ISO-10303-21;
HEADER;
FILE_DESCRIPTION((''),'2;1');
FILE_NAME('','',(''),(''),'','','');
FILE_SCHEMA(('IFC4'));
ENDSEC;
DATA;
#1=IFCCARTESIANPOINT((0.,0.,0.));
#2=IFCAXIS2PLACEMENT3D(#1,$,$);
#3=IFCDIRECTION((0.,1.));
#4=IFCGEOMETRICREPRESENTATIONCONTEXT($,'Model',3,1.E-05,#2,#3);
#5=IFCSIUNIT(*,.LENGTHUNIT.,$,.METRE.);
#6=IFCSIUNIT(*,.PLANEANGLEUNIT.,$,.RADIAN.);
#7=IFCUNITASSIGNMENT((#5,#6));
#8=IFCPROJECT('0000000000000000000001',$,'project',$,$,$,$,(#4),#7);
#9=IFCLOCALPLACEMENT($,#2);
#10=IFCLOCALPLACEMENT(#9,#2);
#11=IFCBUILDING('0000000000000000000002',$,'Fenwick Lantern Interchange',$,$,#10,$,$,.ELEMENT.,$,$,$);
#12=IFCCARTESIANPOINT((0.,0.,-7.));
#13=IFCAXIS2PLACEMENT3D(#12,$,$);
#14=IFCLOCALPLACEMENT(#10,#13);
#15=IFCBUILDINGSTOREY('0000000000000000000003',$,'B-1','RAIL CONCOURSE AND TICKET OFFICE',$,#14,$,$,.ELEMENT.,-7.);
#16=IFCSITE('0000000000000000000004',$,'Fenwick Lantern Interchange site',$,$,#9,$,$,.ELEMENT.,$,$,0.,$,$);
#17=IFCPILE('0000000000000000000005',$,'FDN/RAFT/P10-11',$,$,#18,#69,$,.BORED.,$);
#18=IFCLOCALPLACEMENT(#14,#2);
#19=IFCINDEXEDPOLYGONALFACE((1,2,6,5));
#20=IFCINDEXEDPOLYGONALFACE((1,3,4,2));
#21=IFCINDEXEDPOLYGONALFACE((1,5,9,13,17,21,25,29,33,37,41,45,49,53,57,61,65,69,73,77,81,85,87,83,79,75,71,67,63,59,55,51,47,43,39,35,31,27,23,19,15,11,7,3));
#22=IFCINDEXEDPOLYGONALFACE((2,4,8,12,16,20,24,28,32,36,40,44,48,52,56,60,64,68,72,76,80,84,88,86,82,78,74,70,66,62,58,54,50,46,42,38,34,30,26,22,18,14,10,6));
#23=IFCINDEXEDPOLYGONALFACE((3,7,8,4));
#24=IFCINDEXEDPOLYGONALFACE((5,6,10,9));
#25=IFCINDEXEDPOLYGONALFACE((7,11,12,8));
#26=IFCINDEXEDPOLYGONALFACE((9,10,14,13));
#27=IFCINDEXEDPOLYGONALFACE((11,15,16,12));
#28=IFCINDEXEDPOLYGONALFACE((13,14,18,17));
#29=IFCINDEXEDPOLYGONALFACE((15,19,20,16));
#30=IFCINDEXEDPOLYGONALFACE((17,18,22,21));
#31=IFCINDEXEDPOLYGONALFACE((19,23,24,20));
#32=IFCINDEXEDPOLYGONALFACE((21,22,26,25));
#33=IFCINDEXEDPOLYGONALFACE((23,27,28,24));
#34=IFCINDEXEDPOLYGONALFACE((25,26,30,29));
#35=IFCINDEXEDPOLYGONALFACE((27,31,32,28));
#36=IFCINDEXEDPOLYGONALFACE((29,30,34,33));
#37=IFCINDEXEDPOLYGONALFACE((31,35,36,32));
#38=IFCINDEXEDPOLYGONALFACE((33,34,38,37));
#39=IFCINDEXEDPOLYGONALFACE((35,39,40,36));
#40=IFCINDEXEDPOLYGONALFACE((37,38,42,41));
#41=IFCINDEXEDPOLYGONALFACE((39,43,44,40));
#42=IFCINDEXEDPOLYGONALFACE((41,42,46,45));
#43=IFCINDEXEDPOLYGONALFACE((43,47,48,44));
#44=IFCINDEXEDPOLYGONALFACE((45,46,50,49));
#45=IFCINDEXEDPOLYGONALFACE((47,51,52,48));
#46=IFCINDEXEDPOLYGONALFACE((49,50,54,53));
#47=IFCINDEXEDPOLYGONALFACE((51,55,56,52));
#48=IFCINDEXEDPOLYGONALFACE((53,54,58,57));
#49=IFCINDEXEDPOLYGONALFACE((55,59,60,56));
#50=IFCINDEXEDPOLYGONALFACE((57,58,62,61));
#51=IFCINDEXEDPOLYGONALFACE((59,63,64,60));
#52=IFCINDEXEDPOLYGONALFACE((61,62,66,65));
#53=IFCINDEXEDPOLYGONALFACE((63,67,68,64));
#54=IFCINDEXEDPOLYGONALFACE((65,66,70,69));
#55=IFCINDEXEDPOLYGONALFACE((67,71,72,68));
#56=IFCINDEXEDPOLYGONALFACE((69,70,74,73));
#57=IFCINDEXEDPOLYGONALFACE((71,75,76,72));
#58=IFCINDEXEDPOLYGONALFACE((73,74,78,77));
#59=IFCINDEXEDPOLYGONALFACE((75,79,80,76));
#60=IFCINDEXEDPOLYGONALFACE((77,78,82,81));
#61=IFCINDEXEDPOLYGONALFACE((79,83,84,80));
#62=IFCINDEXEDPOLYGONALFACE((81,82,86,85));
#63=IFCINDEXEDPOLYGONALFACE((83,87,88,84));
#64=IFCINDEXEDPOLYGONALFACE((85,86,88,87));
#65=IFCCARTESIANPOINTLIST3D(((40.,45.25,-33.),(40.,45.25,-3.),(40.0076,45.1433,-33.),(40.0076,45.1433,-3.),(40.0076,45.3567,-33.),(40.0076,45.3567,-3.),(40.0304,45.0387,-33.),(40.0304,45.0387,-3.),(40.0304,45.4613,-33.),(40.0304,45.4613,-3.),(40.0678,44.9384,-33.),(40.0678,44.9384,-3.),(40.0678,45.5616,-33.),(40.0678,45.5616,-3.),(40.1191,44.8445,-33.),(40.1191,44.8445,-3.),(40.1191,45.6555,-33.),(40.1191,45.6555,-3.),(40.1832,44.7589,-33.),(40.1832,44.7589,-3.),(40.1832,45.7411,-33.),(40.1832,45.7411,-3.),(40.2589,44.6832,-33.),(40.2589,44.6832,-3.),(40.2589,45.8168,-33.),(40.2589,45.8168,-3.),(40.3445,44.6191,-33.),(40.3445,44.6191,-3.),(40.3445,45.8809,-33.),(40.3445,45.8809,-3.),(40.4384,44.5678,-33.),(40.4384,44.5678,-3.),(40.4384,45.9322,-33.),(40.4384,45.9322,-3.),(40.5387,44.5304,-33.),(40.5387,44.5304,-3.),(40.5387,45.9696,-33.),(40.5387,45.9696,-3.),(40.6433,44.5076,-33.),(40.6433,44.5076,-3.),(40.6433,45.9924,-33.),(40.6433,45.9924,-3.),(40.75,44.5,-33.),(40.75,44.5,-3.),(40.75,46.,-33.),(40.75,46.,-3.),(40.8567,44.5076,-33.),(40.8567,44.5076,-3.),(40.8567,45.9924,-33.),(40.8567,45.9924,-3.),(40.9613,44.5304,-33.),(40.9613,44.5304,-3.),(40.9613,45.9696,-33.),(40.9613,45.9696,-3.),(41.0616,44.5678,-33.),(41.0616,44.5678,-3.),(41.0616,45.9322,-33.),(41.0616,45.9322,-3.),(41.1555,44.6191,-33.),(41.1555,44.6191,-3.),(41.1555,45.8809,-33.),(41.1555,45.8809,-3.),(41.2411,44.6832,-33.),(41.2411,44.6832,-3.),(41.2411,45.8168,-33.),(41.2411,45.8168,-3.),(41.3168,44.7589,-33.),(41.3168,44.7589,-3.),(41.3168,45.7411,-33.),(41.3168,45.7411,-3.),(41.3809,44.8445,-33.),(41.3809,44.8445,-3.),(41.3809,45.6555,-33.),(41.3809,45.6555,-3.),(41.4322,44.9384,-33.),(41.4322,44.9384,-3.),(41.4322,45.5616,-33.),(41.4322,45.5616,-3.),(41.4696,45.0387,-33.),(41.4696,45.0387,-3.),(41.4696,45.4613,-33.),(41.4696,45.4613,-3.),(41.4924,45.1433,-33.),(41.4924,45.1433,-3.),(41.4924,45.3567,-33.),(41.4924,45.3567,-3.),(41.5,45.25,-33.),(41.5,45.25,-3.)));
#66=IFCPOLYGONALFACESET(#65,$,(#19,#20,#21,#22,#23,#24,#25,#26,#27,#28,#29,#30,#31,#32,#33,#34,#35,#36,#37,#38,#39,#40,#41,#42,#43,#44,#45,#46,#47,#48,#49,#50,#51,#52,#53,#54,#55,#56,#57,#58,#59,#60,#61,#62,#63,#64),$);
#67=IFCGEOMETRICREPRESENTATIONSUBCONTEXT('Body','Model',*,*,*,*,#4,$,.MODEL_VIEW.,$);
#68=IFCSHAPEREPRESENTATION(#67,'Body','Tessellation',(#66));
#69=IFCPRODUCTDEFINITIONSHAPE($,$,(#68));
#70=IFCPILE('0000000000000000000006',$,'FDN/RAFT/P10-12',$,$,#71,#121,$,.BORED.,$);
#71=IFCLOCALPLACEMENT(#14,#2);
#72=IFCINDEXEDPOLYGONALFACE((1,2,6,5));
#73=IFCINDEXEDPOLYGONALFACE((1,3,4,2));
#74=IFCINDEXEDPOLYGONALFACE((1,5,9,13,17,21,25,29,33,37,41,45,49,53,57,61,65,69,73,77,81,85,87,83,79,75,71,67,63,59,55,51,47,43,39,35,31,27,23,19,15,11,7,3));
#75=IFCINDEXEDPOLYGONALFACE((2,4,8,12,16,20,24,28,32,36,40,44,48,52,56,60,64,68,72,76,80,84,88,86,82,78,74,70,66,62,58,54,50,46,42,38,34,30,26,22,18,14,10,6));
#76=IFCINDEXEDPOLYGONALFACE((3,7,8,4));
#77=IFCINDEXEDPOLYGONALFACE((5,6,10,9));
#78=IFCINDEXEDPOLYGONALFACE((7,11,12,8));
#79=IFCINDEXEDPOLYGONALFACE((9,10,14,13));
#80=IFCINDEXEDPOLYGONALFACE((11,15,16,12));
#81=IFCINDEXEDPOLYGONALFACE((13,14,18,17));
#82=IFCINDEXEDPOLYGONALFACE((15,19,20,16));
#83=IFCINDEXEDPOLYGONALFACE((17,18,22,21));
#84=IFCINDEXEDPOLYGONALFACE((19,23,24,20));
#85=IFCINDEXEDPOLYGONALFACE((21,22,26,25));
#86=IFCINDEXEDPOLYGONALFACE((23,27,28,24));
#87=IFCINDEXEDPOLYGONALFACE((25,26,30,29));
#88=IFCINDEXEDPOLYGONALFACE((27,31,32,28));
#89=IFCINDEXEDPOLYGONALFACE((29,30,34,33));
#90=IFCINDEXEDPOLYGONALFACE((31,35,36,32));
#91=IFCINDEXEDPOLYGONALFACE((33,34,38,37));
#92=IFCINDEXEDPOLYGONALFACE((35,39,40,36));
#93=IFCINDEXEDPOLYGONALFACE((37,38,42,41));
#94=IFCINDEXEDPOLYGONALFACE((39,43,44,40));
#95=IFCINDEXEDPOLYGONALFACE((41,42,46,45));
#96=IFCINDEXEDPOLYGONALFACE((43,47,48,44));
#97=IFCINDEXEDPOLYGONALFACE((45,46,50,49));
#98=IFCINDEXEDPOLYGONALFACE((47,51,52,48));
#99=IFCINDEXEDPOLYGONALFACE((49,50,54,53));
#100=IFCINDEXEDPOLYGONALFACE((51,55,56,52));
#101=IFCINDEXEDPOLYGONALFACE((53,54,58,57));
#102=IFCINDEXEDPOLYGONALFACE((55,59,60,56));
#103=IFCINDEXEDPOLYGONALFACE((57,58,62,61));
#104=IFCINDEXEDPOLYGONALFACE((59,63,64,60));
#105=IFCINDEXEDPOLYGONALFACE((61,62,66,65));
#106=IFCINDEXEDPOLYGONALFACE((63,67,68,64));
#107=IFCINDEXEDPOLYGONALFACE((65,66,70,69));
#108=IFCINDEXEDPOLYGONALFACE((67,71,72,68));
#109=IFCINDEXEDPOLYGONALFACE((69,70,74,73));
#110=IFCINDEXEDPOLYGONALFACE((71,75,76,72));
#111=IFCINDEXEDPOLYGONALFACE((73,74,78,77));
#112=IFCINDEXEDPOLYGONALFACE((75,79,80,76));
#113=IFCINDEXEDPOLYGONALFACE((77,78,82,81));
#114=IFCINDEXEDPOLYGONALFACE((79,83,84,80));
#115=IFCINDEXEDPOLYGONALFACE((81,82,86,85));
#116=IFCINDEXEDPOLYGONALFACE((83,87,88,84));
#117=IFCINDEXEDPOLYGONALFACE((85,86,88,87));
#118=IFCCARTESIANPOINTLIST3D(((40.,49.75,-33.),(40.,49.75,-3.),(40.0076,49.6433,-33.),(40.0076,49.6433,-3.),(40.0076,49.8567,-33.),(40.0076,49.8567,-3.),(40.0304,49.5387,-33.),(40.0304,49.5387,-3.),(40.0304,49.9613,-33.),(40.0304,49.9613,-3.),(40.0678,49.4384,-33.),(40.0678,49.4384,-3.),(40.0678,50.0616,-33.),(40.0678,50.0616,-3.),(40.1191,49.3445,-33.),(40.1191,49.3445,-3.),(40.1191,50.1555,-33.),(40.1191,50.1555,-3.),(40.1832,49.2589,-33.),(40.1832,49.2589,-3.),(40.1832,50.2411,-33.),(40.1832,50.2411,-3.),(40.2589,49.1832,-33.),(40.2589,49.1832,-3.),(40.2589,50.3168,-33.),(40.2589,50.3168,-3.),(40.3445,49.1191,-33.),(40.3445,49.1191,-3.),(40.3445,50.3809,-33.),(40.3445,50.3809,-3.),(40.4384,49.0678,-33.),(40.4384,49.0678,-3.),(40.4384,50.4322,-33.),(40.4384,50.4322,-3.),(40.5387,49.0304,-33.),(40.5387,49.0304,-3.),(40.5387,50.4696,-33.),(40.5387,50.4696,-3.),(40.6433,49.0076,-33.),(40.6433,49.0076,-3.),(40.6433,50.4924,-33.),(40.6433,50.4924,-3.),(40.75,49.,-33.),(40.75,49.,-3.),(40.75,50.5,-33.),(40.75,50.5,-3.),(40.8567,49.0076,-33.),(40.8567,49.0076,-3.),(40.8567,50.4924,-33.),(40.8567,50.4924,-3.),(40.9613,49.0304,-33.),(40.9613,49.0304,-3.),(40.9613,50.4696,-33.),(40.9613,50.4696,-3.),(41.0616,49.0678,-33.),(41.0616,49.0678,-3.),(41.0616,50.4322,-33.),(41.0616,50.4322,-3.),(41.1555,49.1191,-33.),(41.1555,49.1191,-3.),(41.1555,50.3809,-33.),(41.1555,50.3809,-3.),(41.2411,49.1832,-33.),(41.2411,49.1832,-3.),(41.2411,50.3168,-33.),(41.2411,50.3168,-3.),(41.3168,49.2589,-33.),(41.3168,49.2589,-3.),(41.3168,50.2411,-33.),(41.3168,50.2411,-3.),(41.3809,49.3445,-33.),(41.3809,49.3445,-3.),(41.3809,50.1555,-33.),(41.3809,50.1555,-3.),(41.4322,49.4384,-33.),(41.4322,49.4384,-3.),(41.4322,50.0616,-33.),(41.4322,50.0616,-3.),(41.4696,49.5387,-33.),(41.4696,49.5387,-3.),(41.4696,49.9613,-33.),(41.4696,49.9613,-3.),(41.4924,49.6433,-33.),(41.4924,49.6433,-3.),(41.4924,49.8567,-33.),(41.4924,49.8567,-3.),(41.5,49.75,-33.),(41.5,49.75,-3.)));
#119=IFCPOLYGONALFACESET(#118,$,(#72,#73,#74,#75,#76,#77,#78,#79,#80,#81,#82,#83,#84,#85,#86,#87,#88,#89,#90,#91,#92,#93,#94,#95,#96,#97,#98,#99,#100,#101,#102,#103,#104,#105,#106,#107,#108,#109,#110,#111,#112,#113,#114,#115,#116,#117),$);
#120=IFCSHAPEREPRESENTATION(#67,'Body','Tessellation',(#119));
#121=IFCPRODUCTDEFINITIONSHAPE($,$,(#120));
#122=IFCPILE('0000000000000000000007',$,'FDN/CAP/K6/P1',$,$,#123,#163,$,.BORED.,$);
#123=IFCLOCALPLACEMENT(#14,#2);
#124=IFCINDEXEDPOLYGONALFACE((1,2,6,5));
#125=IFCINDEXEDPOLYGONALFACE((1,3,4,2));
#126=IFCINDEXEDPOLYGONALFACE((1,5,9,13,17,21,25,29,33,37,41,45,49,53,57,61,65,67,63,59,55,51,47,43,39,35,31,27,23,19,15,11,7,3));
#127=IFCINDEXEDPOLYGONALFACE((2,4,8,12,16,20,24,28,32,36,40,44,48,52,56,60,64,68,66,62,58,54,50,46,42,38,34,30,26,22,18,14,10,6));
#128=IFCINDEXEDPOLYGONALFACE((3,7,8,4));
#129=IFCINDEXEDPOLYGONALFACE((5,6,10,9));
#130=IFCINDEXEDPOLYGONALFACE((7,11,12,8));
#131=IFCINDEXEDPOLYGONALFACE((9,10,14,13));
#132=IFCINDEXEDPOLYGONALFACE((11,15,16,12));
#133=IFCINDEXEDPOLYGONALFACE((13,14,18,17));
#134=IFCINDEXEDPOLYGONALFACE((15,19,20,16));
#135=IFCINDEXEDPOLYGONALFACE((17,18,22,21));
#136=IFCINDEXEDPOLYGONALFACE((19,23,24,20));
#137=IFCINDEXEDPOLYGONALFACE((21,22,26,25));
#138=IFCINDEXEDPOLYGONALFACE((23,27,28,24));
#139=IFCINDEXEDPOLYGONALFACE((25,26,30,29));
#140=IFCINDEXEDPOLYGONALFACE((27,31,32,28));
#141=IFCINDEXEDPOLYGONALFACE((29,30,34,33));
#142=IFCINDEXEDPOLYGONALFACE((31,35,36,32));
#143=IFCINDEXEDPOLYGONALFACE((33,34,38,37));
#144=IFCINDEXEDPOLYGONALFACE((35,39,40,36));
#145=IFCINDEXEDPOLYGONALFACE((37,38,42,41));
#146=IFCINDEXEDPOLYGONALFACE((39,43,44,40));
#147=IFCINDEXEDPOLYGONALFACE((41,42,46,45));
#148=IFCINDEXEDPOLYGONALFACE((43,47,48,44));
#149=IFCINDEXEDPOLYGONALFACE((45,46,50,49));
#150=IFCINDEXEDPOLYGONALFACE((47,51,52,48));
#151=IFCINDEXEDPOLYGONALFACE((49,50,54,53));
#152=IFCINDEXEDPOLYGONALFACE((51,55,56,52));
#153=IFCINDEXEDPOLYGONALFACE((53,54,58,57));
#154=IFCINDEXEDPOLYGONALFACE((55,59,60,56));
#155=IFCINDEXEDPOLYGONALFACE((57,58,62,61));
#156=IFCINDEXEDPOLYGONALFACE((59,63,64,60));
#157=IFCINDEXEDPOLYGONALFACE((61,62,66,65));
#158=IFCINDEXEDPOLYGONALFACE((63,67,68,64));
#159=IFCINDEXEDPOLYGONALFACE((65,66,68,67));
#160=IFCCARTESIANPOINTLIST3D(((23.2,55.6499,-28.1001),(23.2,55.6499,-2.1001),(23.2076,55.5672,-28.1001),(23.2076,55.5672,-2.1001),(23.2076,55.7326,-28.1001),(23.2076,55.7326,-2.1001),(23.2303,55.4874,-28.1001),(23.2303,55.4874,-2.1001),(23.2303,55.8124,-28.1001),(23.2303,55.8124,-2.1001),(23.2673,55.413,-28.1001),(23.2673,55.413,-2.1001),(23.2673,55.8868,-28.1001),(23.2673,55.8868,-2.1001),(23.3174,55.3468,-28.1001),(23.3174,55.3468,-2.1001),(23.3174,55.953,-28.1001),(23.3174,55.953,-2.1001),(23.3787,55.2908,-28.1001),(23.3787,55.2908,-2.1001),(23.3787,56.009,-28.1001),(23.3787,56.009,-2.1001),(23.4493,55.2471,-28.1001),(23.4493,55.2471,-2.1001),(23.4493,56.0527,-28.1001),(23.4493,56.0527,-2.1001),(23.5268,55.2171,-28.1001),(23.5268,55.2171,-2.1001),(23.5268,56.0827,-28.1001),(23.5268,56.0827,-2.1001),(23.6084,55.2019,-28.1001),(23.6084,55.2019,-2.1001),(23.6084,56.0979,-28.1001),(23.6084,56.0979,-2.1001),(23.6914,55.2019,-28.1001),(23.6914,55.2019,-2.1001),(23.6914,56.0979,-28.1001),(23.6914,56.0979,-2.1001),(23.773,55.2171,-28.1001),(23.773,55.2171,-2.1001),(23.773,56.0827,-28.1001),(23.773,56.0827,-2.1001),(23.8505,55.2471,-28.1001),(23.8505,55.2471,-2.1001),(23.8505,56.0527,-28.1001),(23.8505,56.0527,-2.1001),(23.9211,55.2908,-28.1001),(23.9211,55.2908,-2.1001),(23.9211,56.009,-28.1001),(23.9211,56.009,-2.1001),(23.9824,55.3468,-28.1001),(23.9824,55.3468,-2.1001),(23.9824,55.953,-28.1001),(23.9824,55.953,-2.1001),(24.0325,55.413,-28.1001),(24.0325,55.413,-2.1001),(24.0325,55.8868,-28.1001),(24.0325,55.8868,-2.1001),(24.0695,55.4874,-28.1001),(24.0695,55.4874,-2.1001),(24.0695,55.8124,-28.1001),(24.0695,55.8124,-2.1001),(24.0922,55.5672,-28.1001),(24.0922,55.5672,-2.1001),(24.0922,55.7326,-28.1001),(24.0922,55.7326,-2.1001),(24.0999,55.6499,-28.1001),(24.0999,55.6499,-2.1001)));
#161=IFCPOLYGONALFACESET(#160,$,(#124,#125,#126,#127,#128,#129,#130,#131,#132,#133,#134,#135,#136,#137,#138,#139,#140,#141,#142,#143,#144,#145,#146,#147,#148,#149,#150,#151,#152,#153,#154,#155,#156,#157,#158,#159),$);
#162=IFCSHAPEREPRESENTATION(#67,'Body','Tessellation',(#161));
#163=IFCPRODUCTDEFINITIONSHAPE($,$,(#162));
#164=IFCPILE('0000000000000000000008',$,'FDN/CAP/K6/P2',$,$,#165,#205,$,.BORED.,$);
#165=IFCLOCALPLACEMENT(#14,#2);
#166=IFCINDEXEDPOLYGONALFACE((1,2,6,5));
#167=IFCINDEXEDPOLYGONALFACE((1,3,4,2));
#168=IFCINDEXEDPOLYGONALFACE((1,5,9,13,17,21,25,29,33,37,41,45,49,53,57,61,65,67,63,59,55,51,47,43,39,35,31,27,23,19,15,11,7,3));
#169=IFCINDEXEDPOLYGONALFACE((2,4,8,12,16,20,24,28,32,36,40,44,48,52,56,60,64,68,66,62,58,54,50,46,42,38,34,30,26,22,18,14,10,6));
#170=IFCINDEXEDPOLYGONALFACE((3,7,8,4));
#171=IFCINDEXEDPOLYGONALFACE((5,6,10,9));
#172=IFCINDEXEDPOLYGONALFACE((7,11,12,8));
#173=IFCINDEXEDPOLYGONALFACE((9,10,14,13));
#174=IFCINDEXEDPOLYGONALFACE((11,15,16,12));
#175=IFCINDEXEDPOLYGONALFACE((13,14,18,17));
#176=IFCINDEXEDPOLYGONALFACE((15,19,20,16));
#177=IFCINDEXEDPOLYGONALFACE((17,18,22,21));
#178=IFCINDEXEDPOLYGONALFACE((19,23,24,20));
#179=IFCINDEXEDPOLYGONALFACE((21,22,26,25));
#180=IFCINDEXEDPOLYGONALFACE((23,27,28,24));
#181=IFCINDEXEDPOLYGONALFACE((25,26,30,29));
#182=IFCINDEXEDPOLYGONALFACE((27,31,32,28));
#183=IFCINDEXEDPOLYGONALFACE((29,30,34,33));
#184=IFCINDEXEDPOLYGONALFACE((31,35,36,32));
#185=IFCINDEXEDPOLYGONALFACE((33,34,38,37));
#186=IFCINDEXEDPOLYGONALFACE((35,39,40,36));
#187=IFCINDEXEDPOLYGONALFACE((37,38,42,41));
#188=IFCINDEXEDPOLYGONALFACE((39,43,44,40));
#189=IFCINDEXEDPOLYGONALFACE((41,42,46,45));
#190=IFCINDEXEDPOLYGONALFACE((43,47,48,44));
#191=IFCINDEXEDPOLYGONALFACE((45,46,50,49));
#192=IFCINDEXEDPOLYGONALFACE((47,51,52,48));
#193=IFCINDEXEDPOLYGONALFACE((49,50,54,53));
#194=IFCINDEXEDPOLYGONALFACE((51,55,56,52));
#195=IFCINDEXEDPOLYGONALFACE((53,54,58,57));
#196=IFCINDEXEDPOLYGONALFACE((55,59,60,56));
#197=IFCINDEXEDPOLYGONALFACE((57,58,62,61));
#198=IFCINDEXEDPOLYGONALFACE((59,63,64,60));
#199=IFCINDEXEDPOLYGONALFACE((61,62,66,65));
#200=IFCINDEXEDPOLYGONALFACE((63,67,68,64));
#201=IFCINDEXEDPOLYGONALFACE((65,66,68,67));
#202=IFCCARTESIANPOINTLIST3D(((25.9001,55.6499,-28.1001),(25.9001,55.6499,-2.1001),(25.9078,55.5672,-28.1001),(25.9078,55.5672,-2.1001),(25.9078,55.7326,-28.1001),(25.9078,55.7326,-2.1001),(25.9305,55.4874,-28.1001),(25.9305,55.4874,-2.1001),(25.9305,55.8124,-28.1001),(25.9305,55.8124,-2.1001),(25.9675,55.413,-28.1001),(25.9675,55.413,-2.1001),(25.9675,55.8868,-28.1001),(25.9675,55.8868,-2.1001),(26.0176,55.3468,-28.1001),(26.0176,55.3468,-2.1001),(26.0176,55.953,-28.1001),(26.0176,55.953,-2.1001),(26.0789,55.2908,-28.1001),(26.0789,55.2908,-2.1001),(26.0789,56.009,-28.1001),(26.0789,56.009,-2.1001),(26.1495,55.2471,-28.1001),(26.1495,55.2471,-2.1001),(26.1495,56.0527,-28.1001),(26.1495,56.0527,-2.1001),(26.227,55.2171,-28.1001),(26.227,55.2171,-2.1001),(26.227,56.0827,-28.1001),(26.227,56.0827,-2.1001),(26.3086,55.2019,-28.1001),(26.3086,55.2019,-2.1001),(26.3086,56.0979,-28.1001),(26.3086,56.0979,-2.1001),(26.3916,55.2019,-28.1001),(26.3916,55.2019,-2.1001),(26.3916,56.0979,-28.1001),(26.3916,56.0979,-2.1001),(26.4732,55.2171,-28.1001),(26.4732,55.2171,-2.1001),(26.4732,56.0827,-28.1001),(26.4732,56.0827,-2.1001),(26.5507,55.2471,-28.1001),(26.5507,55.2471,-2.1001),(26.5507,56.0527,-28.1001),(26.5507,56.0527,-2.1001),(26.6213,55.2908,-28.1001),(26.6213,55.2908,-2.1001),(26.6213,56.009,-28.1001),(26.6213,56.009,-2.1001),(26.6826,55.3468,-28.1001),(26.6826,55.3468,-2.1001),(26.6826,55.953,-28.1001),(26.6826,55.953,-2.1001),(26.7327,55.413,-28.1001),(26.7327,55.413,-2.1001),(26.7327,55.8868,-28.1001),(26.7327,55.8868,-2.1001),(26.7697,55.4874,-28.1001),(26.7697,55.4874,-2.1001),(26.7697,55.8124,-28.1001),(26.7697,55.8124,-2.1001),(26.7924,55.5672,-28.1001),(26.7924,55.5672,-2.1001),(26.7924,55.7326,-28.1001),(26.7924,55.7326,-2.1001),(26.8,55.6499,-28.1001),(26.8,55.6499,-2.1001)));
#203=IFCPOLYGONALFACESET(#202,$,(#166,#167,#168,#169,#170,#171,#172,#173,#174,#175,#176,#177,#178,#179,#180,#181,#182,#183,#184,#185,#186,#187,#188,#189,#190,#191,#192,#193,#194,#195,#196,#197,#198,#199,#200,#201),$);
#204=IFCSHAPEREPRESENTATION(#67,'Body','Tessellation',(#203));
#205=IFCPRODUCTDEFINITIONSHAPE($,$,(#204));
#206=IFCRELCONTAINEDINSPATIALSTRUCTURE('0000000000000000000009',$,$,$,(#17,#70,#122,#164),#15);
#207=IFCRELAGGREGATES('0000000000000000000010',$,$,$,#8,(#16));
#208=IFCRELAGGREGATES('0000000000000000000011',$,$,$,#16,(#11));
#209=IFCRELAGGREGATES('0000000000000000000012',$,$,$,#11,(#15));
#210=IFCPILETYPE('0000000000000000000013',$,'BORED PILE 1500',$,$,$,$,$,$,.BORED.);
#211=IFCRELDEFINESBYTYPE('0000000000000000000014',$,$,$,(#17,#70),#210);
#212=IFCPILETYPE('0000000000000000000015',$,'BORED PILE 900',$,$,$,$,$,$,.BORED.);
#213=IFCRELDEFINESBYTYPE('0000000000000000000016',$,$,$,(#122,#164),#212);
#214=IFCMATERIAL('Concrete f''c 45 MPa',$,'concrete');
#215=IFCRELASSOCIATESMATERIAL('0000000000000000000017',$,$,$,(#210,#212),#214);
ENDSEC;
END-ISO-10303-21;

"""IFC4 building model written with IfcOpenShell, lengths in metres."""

from ifc_helpers import new_model, si_unit, direction, frame, origin, origin_2d, place, context, subcontext, project, spatial, circle, extrude, material, type_object, element, save


model = new_model("IFC4")

# Units and contexts
model_context = context("Model", 3, precision=1e-05, world=origin(), true_north=direction((0.0, 1.0)))
body_context = subcontext(model_context, "Body", "Model", "MODEL_VIEW")
ifc_project = project(units=[si_unit("LENGTHUNIT", "METRE"), si_unit("PLANEANGLEUNIT", "RADIAN")], contexts=[model_context])

# Site, building, storey
site_placement = place(None, origin())
site = spatial("IfcSite", under=ifc_project, at=site_placement, Name="Fenwick Lantern Interchange site", CompositionType="ELEMENT", RefElevation=0.0)
building_placement = place(site_placement, origin())
building = spatial("IfcBuilding", under=site, at=building_placement, Name="Fenwick Lantern Interchange", CompositionType="ELEMENT")
storey_placement = place(building_placement, frame((0.0, 0.0, -7.0)))
storey = spatial("IfcBuildingStorey", under=building, at=storey_placement, Name="B-1", Description="RAIL CONCOURSE AND TICKET OFFICE", CompositionType="ELEMENT", Elevation=-7.0)

# Piles
ifc_material_1 = material(Name="Concrete f'c 45 MPa", Category="concrete")
pile_type_1 = type_object("IfcPileType", Name="BORED PILE 1500", PredefinedType="BORED", material=ifc_material_1)
for number, where, z_axis, x_axis, name in (
    (1, (40.75, 45.25, -3.0), (0.0, 0.0, -1.0), (1.0, 0.0, 0.0), "FDN/RAFT/P10-11"),
    (2, (40.75, 49.75, -3.0), (0.0, 0.0, -1.0), (1.0, 0.0, 0.0), "FDN/RAFT/P10-12"),
):
    element("IfcPile", number, at=place(storey_placement, frame(where, z_axis=z_axis, x_axis=x_axis)), inside=storey, type_object=pile_type_1, Name=name, PredefinedType="BORED", context=body_context, shape_type="SweptSolid", body=[
        extrude(circle(Radius=0.75, at=origin_2d()), origin(), (0.0, 0.0, 1.0), 30.0),
    ])
pile_type_2 = type_object("IfcPileType", Name="BORED PILE 900", PredefinedType="BORED", material=ifc_material_1)
for number, where, z_axis, x_axis, name in (
    (3, (23.6499, 55.6499, -2.1001), (0.0, 0.0, -1.0), (1.0, 0.0, 0.0), "FDN/CAP/K6/P1"),
    (4, (26.3501, 55.6499, -2.1001), (0.0, 0.0, -1.0), (1.0, 0.0, 0.0), "FDN/CAP/K6/P2"),
):
    element("IfcPile", number, at=place(storey_placement, frame(where, z_axis=z_axis, x_axis=x_axis)), inside=storey, type_object=pile_type_2, Name=name, PredefinedType="BORED", context=body_context, shape_type="SweptSolid", body=[
        extrude(circle(Radius=0.45, at=origin_2d()), origin(), (0.0, 0.0, 1.0), 26.0),
    ])

save(model, "model.ifc")
